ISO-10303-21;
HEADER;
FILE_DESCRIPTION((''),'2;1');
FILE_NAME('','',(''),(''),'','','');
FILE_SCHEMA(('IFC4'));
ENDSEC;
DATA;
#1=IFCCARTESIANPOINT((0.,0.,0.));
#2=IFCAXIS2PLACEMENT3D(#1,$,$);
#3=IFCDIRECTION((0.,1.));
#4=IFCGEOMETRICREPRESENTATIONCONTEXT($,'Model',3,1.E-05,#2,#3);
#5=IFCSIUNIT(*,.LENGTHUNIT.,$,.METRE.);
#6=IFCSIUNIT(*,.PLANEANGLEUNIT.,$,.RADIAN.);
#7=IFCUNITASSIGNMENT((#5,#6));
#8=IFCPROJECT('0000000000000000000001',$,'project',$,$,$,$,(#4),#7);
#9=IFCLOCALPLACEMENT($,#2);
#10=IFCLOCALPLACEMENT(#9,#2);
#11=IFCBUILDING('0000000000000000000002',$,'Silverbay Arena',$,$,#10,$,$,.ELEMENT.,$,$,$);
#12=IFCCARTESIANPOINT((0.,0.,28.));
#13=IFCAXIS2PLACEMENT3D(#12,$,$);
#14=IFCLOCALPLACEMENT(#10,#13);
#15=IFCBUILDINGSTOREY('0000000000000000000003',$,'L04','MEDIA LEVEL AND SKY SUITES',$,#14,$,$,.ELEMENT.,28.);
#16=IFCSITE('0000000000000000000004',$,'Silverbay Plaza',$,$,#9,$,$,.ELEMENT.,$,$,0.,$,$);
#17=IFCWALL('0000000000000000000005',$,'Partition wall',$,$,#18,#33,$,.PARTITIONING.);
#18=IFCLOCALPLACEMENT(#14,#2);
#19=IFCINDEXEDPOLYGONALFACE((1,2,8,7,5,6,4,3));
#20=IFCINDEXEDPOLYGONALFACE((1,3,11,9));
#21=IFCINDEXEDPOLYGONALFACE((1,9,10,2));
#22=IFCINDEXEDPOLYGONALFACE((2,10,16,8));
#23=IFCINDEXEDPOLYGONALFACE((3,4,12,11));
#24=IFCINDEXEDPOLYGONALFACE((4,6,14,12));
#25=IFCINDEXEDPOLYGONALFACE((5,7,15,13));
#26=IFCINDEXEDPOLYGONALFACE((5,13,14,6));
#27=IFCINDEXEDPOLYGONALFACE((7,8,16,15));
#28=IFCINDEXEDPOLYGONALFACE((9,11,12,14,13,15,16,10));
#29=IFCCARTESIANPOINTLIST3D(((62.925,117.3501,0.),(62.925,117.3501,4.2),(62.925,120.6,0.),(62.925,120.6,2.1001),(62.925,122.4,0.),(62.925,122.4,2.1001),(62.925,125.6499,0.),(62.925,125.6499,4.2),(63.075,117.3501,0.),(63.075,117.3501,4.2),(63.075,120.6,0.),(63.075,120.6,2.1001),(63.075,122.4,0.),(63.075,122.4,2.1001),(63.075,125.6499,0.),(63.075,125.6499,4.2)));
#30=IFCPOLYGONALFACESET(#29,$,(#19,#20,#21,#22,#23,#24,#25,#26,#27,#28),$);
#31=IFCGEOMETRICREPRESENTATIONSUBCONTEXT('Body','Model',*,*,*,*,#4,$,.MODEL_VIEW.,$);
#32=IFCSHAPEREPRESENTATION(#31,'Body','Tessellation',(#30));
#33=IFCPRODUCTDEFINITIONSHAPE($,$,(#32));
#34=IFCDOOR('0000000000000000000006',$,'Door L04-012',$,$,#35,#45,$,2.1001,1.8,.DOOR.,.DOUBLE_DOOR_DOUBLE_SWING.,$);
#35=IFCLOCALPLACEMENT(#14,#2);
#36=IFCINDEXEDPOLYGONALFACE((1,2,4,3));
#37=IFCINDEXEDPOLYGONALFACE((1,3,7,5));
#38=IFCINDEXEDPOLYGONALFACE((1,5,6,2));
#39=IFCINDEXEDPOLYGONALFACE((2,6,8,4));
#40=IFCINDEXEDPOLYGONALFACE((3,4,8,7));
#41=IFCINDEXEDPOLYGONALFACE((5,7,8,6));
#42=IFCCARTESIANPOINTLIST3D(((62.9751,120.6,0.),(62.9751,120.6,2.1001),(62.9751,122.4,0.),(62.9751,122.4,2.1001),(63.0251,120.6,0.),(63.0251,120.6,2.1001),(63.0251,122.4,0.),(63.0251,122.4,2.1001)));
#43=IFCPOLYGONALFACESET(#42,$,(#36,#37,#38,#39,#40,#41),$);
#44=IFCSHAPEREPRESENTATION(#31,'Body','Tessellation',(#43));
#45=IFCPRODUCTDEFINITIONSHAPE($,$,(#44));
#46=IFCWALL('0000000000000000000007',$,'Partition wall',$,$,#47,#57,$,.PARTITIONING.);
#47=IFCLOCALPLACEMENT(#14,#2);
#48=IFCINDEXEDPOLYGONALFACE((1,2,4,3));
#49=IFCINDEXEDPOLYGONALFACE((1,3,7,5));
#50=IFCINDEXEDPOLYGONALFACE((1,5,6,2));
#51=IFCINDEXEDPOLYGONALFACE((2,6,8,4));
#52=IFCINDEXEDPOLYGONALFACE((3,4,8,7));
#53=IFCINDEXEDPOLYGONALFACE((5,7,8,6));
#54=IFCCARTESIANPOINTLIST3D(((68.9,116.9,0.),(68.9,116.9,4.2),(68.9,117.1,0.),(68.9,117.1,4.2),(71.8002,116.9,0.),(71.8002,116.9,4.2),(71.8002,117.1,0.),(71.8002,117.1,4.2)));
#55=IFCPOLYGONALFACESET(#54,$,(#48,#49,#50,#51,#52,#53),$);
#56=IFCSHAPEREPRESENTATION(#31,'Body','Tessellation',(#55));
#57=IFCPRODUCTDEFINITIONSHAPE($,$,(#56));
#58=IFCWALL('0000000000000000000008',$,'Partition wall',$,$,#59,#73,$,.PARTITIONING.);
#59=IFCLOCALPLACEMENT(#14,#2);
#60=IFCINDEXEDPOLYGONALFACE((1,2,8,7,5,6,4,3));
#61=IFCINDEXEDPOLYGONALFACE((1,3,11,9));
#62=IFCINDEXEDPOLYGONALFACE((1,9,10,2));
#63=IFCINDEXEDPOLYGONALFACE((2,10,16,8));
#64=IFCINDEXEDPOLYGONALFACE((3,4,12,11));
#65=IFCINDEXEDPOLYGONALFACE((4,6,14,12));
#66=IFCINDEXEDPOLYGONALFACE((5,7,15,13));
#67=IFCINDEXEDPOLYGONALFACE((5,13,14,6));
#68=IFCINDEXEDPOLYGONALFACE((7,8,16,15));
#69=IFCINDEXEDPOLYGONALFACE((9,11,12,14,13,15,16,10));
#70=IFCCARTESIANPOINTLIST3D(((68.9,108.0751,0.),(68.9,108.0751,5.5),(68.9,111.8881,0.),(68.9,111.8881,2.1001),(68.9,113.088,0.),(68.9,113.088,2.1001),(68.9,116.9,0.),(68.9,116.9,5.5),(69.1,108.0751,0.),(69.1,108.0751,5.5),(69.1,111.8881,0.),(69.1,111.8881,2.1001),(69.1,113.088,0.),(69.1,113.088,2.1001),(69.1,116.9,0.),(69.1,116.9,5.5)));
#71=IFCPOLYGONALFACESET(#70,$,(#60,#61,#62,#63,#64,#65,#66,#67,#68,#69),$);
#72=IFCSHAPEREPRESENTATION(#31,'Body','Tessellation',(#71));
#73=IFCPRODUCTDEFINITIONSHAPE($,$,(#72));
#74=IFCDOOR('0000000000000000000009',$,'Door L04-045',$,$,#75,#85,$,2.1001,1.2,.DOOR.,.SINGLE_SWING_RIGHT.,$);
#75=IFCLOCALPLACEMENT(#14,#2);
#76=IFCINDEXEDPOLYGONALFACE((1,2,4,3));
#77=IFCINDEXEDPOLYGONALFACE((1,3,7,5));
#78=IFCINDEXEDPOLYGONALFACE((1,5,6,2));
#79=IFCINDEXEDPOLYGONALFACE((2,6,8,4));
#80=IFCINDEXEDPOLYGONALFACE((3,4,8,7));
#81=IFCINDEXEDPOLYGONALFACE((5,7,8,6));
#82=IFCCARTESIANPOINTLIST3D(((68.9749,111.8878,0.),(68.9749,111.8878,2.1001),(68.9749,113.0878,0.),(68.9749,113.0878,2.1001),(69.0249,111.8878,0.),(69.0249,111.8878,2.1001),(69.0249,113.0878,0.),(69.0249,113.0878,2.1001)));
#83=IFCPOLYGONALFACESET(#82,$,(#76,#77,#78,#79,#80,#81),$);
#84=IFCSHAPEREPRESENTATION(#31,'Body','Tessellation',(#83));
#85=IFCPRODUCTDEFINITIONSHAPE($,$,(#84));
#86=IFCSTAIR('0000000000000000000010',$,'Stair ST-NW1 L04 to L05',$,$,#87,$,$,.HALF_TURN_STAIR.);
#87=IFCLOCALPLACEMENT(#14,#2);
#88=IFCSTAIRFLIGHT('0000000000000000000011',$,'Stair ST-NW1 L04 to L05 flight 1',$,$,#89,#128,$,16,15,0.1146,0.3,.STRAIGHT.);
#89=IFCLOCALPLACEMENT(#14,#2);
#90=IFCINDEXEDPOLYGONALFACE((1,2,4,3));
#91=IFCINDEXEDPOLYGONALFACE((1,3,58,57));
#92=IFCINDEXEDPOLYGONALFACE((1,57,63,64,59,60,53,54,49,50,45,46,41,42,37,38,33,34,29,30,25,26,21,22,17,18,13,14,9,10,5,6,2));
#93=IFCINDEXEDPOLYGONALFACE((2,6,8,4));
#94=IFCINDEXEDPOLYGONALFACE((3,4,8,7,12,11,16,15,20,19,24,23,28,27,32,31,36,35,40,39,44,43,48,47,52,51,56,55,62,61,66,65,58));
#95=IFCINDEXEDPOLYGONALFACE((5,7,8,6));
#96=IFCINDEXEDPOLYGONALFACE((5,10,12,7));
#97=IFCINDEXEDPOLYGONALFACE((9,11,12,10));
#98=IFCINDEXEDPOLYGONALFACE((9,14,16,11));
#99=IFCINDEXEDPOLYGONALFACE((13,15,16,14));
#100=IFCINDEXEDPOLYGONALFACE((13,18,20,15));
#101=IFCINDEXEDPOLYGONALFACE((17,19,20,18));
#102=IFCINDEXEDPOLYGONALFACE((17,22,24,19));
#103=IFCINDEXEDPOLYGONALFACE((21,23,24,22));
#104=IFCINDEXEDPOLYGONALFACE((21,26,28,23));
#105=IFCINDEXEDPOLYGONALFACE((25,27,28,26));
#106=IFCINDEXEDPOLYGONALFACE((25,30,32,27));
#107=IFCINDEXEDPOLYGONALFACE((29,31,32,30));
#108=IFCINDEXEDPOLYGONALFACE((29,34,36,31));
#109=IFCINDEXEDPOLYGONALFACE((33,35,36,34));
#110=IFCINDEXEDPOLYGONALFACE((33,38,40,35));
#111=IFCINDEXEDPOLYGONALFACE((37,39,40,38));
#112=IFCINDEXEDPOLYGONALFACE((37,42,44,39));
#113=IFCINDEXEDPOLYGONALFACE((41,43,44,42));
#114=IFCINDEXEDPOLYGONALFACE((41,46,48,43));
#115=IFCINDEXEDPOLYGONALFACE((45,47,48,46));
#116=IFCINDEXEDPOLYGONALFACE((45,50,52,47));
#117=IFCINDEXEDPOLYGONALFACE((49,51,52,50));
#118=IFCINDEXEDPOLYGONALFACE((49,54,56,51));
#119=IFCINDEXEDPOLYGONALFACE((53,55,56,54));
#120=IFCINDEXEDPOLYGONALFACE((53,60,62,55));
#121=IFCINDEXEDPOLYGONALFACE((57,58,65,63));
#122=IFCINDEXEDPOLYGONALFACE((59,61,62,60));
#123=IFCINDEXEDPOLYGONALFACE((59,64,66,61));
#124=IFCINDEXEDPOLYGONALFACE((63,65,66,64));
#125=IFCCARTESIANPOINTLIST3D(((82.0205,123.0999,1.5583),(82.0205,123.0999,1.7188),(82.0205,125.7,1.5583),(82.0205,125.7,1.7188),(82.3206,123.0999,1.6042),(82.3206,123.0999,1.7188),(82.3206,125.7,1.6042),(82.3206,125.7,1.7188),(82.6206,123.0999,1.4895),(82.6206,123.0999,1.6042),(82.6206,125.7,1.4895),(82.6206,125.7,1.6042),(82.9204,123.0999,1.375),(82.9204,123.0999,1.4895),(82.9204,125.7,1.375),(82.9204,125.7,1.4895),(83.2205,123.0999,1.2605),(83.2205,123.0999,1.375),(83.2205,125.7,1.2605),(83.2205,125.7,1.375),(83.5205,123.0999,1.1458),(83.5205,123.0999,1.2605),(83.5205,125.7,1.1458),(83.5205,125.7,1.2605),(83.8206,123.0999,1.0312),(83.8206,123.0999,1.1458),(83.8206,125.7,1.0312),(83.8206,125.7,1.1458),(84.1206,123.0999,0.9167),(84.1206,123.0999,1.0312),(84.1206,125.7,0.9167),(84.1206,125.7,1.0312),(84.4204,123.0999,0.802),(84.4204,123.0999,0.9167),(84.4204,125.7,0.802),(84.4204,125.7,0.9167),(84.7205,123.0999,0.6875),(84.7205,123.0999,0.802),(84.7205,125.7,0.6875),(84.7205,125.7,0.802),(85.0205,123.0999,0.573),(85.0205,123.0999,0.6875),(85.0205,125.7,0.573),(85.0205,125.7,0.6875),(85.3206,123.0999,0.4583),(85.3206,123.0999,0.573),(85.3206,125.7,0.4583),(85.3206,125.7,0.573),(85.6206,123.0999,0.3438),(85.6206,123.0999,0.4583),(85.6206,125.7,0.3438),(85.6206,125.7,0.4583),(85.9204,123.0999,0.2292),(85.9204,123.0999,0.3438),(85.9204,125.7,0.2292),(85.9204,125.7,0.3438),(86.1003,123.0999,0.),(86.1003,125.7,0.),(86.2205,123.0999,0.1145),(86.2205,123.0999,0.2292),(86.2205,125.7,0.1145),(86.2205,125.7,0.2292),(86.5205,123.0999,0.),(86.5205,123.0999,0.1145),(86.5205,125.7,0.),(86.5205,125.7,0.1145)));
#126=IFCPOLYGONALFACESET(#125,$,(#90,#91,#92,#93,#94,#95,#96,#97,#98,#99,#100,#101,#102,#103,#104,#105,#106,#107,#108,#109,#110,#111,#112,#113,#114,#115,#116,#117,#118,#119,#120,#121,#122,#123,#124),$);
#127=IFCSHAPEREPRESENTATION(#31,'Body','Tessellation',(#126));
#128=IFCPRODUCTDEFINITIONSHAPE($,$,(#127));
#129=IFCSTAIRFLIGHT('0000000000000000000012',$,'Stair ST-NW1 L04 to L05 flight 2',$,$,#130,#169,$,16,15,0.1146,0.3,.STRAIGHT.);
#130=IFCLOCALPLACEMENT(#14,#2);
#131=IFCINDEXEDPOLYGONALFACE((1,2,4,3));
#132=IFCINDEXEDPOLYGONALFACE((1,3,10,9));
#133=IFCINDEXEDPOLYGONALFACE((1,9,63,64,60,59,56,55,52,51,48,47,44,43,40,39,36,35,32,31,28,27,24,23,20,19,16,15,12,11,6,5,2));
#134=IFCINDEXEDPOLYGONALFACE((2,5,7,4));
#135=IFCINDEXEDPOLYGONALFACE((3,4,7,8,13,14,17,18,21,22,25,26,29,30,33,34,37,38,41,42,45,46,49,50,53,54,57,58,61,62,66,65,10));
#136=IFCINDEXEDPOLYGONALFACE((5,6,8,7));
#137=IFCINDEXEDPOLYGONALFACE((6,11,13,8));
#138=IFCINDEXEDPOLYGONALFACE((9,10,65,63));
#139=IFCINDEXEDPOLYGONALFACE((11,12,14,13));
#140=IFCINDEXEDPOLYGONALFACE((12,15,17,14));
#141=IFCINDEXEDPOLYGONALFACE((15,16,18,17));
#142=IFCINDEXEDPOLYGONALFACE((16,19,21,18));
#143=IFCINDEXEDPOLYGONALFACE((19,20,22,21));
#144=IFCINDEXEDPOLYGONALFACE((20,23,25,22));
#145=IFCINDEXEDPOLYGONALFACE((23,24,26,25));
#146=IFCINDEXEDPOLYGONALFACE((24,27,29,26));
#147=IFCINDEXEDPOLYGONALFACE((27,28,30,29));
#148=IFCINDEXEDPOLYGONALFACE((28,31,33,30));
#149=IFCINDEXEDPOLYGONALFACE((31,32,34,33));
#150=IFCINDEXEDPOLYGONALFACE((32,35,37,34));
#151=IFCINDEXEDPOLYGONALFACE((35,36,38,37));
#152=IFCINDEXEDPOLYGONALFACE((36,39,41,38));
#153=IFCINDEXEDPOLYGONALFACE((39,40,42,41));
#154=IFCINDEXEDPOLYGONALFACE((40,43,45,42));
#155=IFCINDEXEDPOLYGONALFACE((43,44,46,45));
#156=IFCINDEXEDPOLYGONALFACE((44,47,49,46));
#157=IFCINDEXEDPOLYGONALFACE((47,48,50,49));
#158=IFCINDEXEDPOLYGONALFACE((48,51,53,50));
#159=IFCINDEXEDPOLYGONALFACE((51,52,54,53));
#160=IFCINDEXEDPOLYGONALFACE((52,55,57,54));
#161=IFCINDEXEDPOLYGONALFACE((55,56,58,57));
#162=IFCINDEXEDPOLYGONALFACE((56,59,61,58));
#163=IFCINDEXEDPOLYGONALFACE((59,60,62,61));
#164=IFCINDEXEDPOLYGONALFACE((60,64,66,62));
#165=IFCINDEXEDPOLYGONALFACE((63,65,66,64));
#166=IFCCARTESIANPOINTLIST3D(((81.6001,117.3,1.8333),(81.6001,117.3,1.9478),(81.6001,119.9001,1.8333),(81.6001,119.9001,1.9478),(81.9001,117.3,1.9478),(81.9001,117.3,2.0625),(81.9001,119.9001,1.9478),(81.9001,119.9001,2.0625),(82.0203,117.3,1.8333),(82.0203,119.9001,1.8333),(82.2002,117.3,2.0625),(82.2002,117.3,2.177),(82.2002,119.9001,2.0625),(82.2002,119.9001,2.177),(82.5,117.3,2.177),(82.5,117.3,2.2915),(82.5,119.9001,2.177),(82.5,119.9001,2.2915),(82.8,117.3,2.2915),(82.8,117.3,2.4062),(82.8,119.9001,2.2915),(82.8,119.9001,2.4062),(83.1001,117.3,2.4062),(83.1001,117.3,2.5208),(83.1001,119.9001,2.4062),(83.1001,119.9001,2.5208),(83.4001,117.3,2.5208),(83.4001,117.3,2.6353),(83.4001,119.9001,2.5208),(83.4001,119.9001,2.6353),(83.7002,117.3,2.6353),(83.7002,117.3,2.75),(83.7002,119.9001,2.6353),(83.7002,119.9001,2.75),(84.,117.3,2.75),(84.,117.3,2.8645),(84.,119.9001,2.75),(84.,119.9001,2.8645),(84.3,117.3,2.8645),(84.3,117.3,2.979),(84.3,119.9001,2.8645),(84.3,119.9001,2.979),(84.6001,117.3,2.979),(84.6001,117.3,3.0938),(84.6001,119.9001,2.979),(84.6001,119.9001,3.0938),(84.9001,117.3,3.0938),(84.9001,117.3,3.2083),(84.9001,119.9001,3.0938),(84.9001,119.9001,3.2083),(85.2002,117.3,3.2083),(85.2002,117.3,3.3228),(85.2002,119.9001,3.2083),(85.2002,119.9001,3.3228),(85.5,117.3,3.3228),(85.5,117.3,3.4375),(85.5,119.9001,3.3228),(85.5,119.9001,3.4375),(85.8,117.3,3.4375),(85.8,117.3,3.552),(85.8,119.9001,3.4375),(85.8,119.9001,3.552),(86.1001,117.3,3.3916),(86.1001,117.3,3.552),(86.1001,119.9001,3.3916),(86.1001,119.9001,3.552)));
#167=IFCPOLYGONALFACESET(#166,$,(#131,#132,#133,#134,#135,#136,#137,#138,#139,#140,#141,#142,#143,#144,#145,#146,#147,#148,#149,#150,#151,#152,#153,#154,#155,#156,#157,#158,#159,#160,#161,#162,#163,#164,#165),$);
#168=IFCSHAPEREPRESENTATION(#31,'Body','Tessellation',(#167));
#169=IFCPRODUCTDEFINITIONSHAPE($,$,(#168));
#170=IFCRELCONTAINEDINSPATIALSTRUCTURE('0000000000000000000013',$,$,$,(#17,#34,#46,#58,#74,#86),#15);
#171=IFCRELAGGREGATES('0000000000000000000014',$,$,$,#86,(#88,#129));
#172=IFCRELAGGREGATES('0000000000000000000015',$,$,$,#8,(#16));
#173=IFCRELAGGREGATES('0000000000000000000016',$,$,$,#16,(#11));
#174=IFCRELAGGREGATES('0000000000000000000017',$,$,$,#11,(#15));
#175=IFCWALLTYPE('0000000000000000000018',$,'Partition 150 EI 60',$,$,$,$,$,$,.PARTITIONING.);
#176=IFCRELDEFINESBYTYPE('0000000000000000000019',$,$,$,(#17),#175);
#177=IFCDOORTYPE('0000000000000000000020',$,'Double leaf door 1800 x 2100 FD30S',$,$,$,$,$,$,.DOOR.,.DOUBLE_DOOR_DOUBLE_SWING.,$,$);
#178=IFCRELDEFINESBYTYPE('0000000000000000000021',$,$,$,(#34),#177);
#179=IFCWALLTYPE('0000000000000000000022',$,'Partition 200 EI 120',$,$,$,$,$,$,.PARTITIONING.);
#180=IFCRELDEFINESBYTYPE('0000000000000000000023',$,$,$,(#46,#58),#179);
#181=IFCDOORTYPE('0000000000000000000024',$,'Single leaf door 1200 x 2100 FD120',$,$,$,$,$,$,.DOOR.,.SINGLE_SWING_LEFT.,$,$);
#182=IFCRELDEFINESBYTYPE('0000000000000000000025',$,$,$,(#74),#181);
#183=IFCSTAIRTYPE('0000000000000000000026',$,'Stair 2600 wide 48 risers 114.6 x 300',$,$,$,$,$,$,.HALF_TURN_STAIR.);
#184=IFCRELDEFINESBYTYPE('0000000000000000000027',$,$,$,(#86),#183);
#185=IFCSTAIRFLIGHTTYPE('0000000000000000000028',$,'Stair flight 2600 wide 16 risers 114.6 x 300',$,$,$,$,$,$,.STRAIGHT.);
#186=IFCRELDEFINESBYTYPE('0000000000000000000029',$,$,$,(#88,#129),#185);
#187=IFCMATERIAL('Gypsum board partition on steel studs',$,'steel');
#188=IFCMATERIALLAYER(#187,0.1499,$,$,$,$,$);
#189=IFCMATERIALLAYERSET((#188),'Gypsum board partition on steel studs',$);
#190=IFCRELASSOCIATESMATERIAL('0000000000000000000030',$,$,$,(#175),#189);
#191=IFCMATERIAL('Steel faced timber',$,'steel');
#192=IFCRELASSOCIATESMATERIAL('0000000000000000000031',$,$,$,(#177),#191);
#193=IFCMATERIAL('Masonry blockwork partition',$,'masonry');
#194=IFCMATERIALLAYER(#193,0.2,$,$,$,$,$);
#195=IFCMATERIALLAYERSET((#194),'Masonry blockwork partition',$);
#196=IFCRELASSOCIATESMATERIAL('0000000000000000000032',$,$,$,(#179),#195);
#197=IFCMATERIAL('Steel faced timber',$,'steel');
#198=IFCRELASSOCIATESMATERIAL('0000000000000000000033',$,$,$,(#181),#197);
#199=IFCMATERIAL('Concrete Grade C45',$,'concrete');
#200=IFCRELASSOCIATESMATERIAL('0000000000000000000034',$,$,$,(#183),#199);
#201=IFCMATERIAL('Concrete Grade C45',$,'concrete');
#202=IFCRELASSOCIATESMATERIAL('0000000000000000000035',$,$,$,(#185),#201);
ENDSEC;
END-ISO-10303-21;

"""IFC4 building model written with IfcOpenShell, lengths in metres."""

from ifc_helpers import new_model, si_unit, direction, frame, frame_2d, origin, place, context, subcontext, project, spatial, polyline, rectangle, outline, extrude, material, layer, layer_set, type_object, element, fill, aggregate, save


model = new_model("IFC4")

# Units and contexts
model_context = context("Model", 3, precision=1e-05, world=origin(), true_north=direction((0.0, 1.0)))
body_context = subcontext(model_context, "Body", "Model", "MODEL_VIEW")
ifc_project = project(units=[si_unit("LENGTHUNIT", "METRE"), si_unit("PLANEANGLEUNIT", "RADIAN")], contexts=[model_context])

# Site, building, storey
site_placement = place(None, origin())
site = spatial("IfcSite", under=ifc_project, at=site_placement, Name="Silverbay Plaza", CompositionType="ELEMENT", RefElevation=0.0)
building_placement = place(site_placement, origin())
building = spatial("IfcBuilding", under=site, at=building_placement, Name="Silverbay Arena", CompositionType="ELEMENT")
storey_placement = place(building_placement, frame((0.0, 0.0, 28.0)))
storey = spatial("IfcBuildingStorey", under=building, at=storey_placement, Name="L04", Description="MEDIA LEVEL AND SKY SUITES", CompositionType="ELEMENT", Elevation=28.0)

# Shared definitions
ifc_material_1 = material(Name="Gypsum board partition on steel studs", Category="steel")
ifc_layer_1 = layer(ifc_material_1, 0.1499)
ifc_layer_set_1 = layer_set([ifc_layer_1], Name="Gypsum board partition on steel studs")
wall_type_1 = type_object("IfcWallType", Name="Partition 150 EI 60", PredefinedType="PARTITIONING", material=ifc_layer_set_1)

# Wall, opening, door
wall_1_placement = place(storey_placement, frame((63.0, 117.3501, 0.0), z_axis=(0.0, 0.0, 1.0), x_axis=(0.0, 1.0, 0.0)))
wall_1 = element("IfcWall", 1, at=wall_1_placement, inside=storey, type_object=wall_type_1, Name="Partition wall", PredefinedType="PARTITIONING", context=body_context, shape_type="SweptSolid", body=[
    extrude(rectangle(XDim=8.2998, YDim=0.1499, at=frame_2d((4.1499, 0.0))), origin(), (0.0, 0.0, 1.0), 4.2),
])
opening_1_placement = place(wall_1_placement, frame((3.25, 0.0, 0.0)))
opening_1 = element("IfcOpeningElement", 2, at=opening_1_placement, cuts=wall_1, PredefinedType="OPENING", context=body_context, shape_type="SweptSolid", body=[
    extrude(rectangle(XDim=1.8, YDim=2.1001, at=frame_2d((0.8999, 1.05))), frame((0.0, 0.085, 0.0), z_axis=(0.0, -1.0, 0.0), x_axis=(1.0, 0.0, 0.0)), (0.0, 0.0, 1.0), 0.1699),
])
ifc_material_2 = material(Name="Steel faced timber", Category="steel")
door_type_1 = type_object("IfcDoorType", Name="Double leaf door 1800 x 2100 FD30S", OperationType="DOUBLE_DOOR_DOUBLE_SWING", PredefinedType="DOOR", material=ifc_material_2)
door_1_placement = place(opening_1_placement, origin())
door_1 = element("IfcDoor", 3, at=door_1_placement, inside=storey, type_object=door_type_1, Name="Door L04-012", OperationType="DOUBLE_DOOR_DOUBLE_SWING", OverallHeight=2.1001, OverallWidth=1.8, PredefinedType="DOOR", context=body_context, shape_type="SweptSolid", body=[
    extrude(rectangle(XDim=1.8, YDim=2.1001, at=frame_2d((0.8999, 1.05))), frame((0.0, 0.0249, 0.0), z_axis=(0.0, -1.0, 0.0), x_axis=(1.0, 0.0, 0.0)), (0.0, 0.0, 1.0), 0.05),
])
fill(opening_1, door_1)

# Wall
ifc_material_3 = material(Name="Masonry blockwork partition", Category="masonry")
ifc_layer_2 = layer(ifc_material_3, 0.2)
ifc_layer_set_2 = layer_set([ifc_layer_2], Name="Masonry blockwork partition")
wall_type_2 = type_object("IfcWallType", Name="Partition 200 EI 120", PredefinedType="PARTITIONING", material=ifc_layer_set_2)
wall_2_placement = place(storey_placement, frame((68.8999, 117.0, 0.0), z_axis=(0.0, 0.0, 1.0), x_axis=(1.0, 0.0, 0.0)))
element("IfcWall", 4, at=wall_2_placement, inside=storey, type_object=wall_type_2, Name="Partition wall", PredefinedType="PARTITIONING", context=body_context, shape_type="SweptSolid", body=[
    extrude(rectangle(XDim=2.9001, YDim=0.2, at=frame_2d((1.4502, 0.0))), origin(), (0.0, 0.0, 1.0), 4.2),
])

# Wall, opening, door
wall_3_placement = place(storey_placement, frame((69.0, 108.075, 0.0), z_axis=(0.0, 0.0, 1.0), x_axis=(0.0, 1.0, 0.0)))
wall_3 = element("IfcWall", 5, at=wall_3_placement, inside=storey, type_object=wall_type_2, Name="Partition wall", PredefinedType="PARTITIONING", context=body_context, shape_type="SweptSolid", body=[
    extrude(rectangle(XDim=8.825, YDim=0.2, at=frame_2d((4.4126, 0.0))), origin(), (0.0, 0.0, 1.0), 5.5),
])
opening_2_placement = place(wall_3_placement, frame((3.813, 0.0, 0.0)))
opening_2 = element("IfcOpeningElement", 6, at=opening_2_placement, cuts=wall_3, PredefinedType="OPENING", context=body_context, shape_type="SweptSolid", body=[
    extrude(rectangle(XDim=1.2, YDim=2.1001, at=frame_2d((0.6001, 1.05))), frame((0.0, 0.1099, 0.0), z_axis=(0.0, -1.0, 0.0), x_axis=(1.0, 0.0, 0.0)), (0.0, 0.0, 1.0), 0.22),
])
ifc_material_4 = material(Name="Steel faced timber", Category="steel")
door_type_2 = type_object("IfcDoorType", Name="Single leaf door 1200 x 2100 FD120", OperationType="SINGLE_SWING_LEFT", PredefinedType="DOOR", material=ifc_material_4)
door_2_placement = place(opening_2_placement, frame((1.2, 0.0, 0.0), z_axis=(0.0, 0.0, 1.0), x_axis=(-1.0, 0.0, 0.0)))
door_2 = element("IfcDoor", 7, at=door_2_placement, inside=storey, type_object=door_type_2, Name="Door L04-045", OperationType="SINGLE_SWING_RIGHT", OverallHeight=2.1001, OverallWidth=1.2, PredefinedType="DOOR", context=body_context, shape_type="SweptSolid", body=[
    extrude(rectangle(XDim=1.2, YDim=2.1001, at=frame_2d((0.6001, 1.05))), frame((0.0, 0.0249, 0.0), z_axis=(0.0, -1.0, 0.0), x_axis=(1.0, 0.0, 0.0)), (0.0, 0.0, 1.0), 0.05),
])
fill(opening_2, door_2)

# Stair, stair flights
ifc_material_5 = material(Name="Concrete Grade C45", Category="concrete")
stair_type = type_object("IfcStairType", Name="Stair 2600 wide 48 risers 114.6 x 300", PredefinedType="HALF_TURN_STAIR", material=ifc_material_5)
stair_placement = place(storey_placement, origin())
stair = element("IfcStair", 8, at=stair_placement, inside=storey, type_object=stair_type, Name="Stair ST-NW1 L04 to L05", PredefinedType="HALF_TURN_STAIR")
ifc_material_6 = material(Name="Concrete Grade C45", Category="concrete")
stair_flight_type = type_object("IfcStairFlightType", Name="Stair flight 2600 wide 16 risers 114.6 x 300", PredefinedType="STRAIGHT", material=ifc_material_6)
stair_flight_1_placement = place(storey_placement, frame((86.5205, 124.3999, 0.0), z_axis=(0.0, 0.0, 1.0), x_axis=(-1.0, 0.0, 0.0)))
stair_flight_1 = element("IfcStairFlight", 9, at=stair_flight_1_placement, type_object=stair_flight_type, Name="Stair ST-NW1 L04 to L05 flight 1", NumberOfRisers=16, NumberOfTreads=15, PredefinedType="STRAIGHT", RiserHeight=0.1146, TreadLength=0.3, context=body_context, shape_type="SweptSolid", body=[
    extrude(outline(polyline([(0.0, 0.0), (0.0, 0.1145), (0.3, 0.1145), (0.3, 0.2292), (0.6001, 0.2292), (0.6001, 0.3438), (0.8999, 0.3438), (0.8999, 0.4583), (1.2, 0.4583), (1.2, 0.573), (1.5, 0.573), (1.5, 0.6875), (1.8, 0.6875), (1.8, 0.802), (2.1001, 0.802), (2.1001, 0.9167), (2.3999, 0.9167), (2.3999, 1.0312), (2.7, 1.0312), (2.7, 1.1458), (3.0, 1.1458), (3.0, 1.2605), (3.3, 1.2605), (3.3, 1.375), (3.6001, 1.375), (3.6001, 1.4895), (3.8999, 1.4895), (3.8999, 1.6042), (4.2, 1.6042), (4.2, 1.7188), (4.5, 1.7188), (4.5, 1.5583), (0.4202, 0.0), (0.0, 0.0)])), frame((0.0, 1.3, 0.0), z_axis=(0.0, -1.0, 0.0), x_axis=(1.0, 0.0, 0.0)), (0.0, 0.0, 1.0), 2.6001),
])
stair_flight_2_placement = place(storey_placement, frame((81.6001, 118.6001, 1.8333), z_axis=(0.0, 0.0, 1.0), x_axis=(1.0, 0.0, 0.0)))
stair_flight_2 = element("IfcStairFlight", 10, at=stair_flight_2_placement, type_object=stair_flight_type, Name="Stair ST-NW1 L04 to L05 flight 2", NumberOfRisers=16, NumberOfTreads=15, PredefinedType="STRAIGHT", RiserHeight=0.1146, TreadLength=0.3, context=body_context, shape_type="SweptSolid", body=[
    extrude(outline(polyline([(0.0, 0.0), (0.0, 0.1145), (0.3, 0.1145), (0.3, 0.2292), (0.6001, 0.2292), (0.6001, 0.3438), (0.8999, 0.3438), (0.8999, 0.4583), (1.2, 0.4583), (1.2, 0.573), (1.5, 0.573), (1.5, 0.6875), (1.8, 0.6875), (1.8, 0.802), (2.1001, 0.802), (2.1001, 0.9167), (2.3999, 0.9167), (2.3999, 1.0312), (2.7, 1.0312), (2.7, 1.1458), (3.0, 1.1458), (3.0, 1.2605), (3.3, 1.2605), (3.3, 1.375), (3.6001, 1.375), (3.6001, 1.4895), (3.8999, 1.4895), (3.8999, 1.6042), (4.2, 1.6042), (4.2, 1.7188), (4.5, 1.7188), (4.5, 1.5583), (0.4202, 0.0), (0.0, 0.0)])), frame((0.0, 1.3, 0.0), z_axis=(0.0, -1.0, 0.0), x_axis=(1.0, 0.0, 0.0)), (0.0, 0.0, 1.0), 2.6001),
])
aggregate(stair, [stair_flight_1, stair_flight_2])

save(model, "model.ifc")
